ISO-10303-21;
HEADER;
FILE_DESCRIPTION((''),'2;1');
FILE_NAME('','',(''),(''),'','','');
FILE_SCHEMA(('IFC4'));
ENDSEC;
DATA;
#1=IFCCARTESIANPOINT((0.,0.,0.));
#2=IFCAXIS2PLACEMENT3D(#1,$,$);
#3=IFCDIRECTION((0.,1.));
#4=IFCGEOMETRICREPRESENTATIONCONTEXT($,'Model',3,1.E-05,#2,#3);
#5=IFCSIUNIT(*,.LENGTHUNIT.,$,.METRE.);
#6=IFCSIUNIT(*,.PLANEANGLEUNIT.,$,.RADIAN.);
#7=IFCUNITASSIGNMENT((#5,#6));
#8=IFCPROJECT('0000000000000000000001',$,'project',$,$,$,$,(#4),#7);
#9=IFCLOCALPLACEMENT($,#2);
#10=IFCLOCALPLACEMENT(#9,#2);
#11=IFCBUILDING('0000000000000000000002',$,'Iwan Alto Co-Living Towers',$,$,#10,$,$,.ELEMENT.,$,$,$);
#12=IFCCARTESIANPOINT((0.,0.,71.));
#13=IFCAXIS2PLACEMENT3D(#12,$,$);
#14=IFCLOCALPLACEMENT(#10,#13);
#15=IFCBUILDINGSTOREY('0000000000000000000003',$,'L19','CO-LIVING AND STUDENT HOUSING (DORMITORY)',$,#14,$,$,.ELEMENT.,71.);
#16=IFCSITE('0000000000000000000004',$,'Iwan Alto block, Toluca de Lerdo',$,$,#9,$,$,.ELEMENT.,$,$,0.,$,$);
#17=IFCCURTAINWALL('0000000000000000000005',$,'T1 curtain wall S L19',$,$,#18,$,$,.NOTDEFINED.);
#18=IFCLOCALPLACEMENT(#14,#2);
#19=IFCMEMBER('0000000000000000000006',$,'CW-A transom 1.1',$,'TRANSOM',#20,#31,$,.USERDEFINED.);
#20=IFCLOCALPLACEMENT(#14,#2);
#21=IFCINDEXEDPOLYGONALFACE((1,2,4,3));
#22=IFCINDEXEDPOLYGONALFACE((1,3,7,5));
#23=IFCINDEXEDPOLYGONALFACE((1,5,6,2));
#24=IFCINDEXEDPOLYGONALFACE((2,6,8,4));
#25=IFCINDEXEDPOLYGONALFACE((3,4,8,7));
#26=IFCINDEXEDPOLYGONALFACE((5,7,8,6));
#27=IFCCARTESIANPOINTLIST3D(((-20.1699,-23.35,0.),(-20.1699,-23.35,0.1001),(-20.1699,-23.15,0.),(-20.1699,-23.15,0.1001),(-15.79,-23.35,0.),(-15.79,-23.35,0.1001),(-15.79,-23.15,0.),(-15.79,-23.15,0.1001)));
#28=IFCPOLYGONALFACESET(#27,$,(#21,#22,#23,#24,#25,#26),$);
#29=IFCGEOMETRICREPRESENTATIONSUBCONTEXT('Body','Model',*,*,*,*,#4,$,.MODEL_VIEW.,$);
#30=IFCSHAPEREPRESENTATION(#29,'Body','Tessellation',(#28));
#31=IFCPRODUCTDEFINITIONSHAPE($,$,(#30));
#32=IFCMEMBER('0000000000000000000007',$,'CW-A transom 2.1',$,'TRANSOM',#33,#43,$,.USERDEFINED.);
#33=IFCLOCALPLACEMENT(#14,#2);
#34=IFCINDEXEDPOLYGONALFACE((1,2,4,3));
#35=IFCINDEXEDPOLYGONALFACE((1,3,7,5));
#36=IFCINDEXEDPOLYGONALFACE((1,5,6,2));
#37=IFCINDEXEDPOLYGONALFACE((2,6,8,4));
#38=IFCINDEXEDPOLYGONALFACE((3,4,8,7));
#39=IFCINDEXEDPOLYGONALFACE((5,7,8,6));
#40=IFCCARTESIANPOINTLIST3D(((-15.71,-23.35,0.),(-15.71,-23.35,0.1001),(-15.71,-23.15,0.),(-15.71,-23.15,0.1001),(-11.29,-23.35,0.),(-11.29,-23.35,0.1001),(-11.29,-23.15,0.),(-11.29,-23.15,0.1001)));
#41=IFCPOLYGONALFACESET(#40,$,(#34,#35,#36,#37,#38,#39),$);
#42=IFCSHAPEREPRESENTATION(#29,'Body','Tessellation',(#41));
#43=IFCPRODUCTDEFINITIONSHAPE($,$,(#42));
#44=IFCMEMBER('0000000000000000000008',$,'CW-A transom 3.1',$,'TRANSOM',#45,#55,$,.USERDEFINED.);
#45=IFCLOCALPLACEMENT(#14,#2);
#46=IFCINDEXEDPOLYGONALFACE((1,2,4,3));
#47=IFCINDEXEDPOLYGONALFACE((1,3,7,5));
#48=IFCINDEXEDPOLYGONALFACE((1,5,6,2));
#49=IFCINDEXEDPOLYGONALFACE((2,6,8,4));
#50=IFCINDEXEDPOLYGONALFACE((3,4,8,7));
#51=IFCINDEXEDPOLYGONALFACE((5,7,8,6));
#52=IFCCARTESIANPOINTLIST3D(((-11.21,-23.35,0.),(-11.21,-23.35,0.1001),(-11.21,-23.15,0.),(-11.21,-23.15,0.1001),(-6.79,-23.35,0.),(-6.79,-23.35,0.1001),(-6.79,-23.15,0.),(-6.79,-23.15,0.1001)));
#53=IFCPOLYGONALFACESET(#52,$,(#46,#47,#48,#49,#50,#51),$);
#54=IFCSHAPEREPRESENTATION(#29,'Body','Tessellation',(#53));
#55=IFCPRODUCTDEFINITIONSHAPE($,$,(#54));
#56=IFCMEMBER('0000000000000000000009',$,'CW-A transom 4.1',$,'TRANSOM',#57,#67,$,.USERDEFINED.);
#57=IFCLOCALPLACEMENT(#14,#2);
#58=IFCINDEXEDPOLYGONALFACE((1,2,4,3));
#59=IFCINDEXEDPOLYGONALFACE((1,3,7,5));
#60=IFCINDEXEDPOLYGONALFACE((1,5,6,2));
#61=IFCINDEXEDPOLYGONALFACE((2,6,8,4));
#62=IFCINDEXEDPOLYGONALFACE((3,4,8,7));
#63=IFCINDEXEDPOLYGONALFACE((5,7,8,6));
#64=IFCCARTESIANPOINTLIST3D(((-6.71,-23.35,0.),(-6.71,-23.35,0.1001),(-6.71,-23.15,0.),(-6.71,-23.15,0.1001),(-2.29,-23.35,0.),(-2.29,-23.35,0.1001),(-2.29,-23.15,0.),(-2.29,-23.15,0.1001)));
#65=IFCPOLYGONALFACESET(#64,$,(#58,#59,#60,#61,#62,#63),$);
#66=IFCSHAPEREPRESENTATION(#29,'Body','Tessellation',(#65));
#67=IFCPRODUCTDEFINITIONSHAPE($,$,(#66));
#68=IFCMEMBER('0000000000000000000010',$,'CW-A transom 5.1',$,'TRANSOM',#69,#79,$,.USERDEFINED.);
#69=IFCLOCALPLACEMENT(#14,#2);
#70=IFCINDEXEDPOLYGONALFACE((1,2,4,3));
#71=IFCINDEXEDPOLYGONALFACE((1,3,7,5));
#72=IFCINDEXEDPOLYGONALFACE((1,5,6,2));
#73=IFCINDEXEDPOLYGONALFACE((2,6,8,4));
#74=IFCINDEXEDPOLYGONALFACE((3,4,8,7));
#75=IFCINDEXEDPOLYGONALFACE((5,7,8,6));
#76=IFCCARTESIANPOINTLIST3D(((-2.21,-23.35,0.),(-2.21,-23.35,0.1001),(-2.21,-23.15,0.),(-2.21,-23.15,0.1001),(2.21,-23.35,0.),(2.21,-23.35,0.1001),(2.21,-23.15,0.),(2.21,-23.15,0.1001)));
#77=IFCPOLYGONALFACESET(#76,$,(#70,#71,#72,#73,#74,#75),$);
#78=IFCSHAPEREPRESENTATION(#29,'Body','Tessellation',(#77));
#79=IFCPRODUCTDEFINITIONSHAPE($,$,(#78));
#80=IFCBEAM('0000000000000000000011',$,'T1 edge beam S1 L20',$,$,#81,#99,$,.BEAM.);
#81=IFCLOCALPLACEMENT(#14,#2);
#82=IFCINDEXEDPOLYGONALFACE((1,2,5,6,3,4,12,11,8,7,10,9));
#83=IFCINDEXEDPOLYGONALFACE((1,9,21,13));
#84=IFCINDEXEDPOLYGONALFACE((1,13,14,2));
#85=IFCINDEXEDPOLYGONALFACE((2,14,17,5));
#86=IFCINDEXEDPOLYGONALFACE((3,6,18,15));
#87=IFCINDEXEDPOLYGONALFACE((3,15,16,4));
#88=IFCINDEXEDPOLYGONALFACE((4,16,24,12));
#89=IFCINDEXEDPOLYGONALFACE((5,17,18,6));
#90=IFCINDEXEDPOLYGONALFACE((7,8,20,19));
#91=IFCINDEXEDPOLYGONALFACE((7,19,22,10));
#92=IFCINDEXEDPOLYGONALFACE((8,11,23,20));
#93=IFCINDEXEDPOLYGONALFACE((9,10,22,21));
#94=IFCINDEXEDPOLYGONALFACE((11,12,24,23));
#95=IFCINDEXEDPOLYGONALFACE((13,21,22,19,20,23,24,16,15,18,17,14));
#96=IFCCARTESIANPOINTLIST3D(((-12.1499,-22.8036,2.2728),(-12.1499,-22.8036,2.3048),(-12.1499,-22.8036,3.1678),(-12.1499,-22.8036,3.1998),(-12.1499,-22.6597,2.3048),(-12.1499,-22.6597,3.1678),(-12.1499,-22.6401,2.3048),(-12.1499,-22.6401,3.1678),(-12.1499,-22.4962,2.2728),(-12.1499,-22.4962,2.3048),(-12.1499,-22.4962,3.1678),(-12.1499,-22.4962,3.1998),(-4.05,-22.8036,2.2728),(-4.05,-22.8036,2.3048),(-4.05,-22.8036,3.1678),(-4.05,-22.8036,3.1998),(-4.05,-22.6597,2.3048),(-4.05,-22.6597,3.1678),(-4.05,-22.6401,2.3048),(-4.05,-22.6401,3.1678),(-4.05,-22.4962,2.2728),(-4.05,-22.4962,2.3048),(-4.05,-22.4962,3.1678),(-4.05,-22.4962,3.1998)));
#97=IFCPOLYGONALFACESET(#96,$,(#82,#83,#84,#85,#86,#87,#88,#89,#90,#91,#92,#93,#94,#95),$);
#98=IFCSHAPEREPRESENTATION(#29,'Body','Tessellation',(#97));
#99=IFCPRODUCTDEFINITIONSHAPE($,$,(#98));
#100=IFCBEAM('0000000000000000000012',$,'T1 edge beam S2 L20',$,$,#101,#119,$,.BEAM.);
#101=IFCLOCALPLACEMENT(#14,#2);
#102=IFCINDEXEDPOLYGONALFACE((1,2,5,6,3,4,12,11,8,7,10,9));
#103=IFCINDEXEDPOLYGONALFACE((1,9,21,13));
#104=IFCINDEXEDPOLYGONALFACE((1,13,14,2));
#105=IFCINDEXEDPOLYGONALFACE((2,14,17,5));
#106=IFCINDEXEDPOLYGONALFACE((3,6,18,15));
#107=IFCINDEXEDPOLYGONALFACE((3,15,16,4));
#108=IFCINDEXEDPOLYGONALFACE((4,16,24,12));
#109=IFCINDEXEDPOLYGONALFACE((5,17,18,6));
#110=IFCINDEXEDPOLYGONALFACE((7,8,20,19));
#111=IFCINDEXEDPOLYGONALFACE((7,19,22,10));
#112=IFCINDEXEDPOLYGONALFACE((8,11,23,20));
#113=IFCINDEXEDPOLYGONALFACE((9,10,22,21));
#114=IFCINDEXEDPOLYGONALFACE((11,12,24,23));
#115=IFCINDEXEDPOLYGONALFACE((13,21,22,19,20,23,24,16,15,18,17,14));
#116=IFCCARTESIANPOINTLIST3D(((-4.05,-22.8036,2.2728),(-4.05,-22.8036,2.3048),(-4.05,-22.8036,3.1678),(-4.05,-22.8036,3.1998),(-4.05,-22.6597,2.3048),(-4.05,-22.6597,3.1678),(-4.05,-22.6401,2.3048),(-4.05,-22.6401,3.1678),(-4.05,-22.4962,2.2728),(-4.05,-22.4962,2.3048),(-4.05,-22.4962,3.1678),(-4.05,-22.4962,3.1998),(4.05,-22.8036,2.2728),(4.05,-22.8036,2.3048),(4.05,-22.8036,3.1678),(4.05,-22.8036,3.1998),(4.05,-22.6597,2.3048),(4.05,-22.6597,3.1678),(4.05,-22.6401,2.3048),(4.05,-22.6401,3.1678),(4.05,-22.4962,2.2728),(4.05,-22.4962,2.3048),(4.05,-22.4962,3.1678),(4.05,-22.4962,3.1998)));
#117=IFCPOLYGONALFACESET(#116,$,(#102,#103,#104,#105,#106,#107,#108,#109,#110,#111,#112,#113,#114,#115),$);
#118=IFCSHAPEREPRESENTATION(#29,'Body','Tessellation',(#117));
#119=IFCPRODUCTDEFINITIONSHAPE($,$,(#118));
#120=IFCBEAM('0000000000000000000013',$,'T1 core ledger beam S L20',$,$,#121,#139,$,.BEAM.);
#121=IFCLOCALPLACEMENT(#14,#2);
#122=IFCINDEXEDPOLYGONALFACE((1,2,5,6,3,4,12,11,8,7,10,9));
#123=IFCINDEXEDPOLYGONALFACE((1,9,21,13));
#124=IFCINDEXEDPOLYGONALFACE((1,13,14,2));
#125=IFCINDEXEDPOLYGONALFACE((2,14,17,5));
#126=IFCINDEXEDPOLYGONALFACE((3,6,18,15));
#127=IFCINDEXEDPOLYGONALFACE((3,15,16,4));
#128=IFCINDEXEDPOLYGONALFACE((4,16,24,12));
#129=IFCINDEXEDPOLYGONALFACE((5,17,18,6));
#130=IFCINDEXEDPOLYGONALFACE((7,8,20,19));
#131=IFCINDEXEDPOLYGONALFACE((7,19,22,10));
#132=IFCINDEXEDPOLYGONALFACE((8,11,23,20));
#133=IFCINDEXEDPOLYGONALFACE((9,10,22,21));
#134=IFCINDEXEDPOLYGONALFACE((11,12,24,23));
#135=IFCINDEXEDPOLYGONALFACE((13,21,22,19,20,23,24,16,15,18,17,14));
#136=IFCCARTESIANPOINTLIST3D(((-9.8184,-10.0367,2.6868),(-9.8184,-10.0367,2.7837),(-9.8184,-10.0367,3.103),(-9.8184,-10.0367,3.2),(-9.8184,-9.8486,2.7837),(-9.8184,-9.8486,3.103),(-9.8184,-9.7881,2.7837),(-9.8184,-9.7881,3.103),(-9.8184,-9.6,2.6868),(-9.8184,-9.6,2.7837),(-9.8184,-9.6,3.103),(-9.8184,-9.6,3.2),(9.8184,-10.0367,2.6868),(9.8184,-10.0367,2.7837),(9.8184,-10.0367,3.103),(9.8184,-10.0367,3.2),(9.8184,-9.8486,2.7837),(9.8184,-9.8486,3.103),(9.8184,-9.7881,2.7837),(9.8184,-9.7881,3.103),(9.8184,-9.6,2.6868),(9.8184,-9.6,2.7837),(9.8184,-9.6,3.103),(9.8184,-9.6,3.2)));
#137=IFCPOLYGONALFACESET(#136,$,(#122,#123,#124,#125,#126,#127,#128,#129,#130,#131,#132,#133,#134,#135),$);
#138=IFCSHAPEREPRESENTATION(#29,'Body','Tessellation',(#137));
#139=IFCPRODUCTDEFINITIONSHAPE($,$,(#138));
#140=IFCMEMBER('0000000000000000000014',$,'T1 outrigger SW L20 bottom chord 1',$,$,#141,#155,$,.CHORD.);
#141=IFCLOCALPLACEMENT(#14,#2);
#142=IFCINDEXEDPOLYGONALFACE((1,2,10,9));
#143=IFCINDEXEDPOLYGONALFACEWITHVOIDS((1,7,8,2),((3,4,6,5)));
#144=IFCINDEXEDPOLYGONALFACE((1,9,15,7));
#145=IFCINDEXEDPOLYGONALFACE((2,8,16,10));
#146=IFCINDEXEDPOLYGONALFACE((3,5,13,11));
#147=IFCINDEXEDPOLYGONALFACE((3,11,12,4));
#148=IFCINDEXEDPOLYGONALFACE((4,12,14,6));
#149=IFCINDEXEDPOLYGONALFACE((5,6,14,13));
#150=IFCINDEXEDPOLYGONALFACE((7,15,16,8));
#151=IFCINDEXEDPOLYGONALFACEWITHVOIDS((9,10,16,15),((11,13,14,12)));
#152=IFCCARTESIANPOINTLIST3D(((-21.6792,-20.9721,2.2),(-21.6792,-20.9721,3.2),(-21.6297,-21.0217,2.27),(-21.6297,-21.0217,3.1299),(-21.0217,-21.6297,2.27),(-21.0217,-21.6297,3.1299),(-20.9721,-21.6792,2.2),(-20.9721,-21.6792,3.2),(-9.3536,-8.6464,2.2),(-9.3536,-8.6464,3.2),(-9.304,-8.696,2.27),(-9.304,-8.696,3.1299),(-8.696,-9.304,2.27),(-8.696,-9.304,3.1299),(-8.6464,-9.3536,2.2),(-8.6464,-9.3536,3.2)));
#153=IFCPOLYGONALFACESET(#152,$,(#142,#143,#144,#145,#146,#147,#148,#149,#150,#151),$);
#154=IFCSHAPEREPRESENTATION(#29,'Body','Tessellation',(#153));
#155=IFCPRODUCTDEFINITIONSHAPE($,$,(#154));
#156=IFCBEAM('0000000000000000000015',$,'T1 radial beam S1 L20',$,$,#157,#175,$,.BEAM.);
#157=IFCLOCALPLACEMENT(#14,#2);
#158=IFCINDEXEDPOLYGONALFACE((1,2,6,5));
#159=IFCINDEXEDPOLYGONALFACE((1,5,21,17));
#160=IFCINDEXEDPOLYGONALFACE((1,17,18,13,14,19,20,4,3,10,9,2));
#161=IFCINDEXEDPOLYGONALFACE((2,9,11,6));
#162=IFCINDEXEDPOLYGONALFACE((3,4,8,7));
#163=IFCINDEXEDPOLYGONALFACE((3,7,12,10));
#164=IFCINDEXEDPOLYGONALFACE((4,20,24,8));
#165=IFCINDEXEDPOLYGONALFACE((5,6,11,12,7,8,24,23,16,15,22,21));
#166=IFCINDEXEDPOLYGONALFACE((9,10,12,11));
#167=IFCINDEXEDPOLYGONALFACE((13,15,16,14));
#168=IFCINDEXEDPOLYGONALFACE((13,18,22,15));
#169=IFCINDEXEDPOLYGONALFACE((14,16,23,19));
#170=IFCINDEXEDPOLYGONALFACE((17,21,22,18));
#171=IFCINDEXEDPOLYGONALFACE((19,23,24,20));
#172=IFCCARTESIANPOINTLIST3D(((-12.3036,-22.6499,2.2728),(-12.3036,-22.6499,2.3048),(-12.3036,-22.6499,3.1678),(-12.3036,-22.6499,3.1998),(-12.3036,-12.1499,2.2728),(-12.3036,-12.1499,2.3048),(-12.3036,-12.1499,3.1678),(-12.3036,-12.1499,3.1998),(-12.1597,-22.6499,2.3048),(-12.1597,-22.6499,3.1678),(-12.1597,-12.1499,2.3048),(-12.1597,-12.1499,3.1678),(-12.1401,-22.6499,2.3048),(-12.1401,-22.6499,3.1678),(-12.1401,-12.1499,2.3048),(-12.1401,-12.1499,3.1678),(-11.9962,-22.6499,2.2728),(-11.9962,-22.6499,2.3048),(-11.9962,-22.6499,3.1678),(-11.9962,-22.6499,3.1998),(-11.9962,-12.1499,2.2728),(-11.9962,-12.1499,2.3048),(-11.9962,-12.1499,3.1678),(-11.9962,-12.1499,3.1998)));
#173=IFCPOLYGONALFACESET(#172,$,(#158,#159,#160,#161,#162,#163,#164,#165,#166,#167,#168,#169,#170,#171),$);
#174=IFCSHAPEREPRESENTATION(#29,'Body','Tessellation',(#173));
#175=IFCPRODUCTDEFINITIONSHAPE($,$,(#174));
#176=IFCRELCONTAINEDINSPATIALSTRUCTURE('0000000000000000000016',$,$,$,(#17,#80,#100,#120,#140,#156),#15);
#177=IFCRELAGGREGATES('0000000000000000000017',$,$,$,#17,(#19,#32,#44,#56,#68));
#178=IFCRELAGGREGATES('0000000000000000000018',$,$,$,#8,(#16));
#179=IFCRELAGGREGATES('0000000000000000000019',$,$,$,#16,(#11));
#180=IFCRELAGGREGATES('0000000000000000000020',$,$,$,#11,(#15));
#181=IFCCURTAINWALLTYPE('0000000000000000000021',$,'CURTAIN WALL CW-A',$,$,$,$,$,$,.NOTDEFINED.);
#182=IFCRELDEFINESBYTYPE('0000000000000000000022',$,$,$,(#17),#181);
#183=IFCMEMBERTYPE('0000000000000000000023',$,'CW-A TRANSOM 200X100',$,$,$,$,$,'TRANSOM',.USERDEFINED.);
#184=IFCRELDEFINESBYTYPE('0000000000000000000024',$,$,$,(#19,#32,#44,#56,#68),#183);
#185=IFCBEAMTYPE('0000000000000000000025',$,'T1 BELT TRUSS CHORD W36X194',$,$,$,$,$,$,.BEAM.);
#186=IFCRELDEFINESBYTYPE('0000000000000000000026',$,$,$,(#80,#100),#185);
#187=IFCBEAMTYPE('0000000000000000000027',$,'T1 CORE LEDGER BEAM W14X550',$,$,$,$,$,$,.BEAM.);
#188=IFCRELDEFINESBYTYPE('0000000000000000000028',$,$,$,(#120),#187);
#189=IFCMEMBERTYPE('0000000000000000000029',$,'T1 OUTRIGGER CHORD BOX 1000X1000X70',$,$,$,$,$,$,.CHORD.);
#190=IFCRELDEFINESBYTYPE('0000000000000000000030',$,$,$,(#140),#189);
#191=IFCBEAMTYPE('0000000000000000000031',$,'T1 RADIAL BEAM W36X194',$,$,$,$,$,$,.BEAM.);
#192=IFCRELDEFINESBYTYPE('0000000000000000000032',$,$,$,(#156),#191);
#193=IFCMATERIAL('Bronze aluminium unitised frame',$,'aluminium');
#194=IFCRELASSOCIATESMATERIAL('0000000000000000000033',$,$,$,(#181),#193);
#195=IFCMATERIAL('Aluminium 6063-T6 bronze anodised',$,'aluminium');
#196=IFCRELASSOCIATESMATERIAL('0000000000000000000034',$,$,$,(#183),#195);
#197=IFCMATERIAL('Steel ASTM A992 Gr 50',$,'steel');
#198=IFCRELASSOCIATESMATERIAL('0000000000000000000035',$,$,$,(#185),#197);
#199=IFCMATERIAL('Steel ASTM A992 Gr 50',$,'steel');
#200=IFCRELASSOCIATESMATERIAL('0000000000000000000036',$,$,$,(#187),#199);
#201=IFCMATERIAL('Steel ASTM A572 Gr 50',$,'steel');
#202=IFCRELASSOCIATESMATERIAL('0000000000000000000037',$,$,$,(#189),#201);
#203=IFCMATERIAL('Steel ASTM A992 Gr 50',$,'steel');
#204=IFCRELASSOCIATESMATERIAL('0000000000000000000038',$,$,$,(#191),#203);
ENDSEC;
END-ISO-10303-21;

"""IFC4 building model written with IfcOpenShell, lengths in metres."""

from ifc_helpers import new_model, si_unit, direction, frame, origin, origin_2d, place, context, subcontext, project, spatial, rectangle, hollow_rectangle, i_section, extrude, material, material_profile, profile_set, type_object, element, aggregate, save


model = new_model("IFC4")

# Units and contexts
model_context = context("Model", 3, precision=1e-05, world=origin(), true_north=direction((0.0, 1.0)))
body_context = subcontext(model_context, "Body", "Model", "MODEL_VIEW")
ifc_project = project(units=[si_unit("LENGTHUNIT", "METRE"), si_unit("PLANEANGLEUNIT", "RADIAN")], contexts=[model_context])

# Site, building, storey
site_placement = place(None, origin())
site = spatial("IfcSite", under=ifc_project, at=site_placement, Name="Iwan Alto block, Toluca de Lerdo", CompositionType="ELEMENT", RefElevation=0.0)
building_placement = place(site_placement, origin())
building = spatial("IfcBuilding", under=site, at=building_placement, Name="Iwan Alto Co-Living Towers", CompositionType="ELEMENT")
storey_placement = place(building_placement, frame((0.0, 0.0, 71.0)))
storey = spatial("IfcBuildingStorey", under=building, at=storey_placement, Name="L19", Description="CO-LIVING AND STUDENT HOUSING (DORMITORY)", CompositionType="ELEMENT", Elevation=71.0)

# Curtain wall, members
ifc_material_1 = material(Name="Bronze aluminium unitised frame", Category="aluminium")
curtain_wall_type_1 = type_object("IfcCurtainWallType", Name="CURTAIN WALL CW-A", PredefinedType="NOTDEFINED", material=ifc_material_1)
curtain_wall_1_placement = place(storey_placement, origin())
curtain_wall_1 = element("IfcCurtainWall", 1, at=curtain_wall_1_placement, inside=storey, type_object=curtain_wall_type_1, Name="T1 curtain wall S L19", PredefinedType="NOTDEFINED")
ifc_material_2 = material(Name="Aluminium 6063-T6 bronze anodised", Category="aluminium")
ifc_material_profile_1 = material_profile(ifc_material_2, rectangle(XDim=0.2, YDim=0.1001, at=origin_2d()), Name="AL 200X100")
ifc_profile_set_1 = profile_set([ifc_material_profile_1], Name="Aluminium 6063-T6 bronze anodised")
member_type_1 = type_object("IfcMemberType", Name="CW-A TRANSOM 200X100", ElementType="TRANSOM", PredefinedType="USERDEFINED", material=ifc_profile_set_1)
member_1_placement = place(storey_placement, frame((-20.1699, -23.25, 0.05), z_axis=(1.0, 0.0, 0.0), x_axis=(0.0, 1.0, 0.0)))
member_1 = element("IfcMember", 2, at=member_1_placement, type_object=member_type_1, Name="CW-A transom 1.1", ObjectType="TRANSOM", PredefinedType="USERDEFINED", context=body_context, shape_type="SweptSolid", body=[
    extrude(rectangle(XDim=0.2, YDim=0.1001, at=origin_2d()), origin(), (0.0, 0.0, 1.0), 4.3799),
])
member_2_placement = place(storey_placement, frame((-15.71, -23.25, 0.05), z_axis=(1.0, 0.0, 0.0), x_axis=(0.0, 1.0, 0.0)))
member_2 = element("IfcMember", 3, at=member_2_placement, type_object=member_type_1, Name="CW-A transom 2.1", ObjectType="TRANSOM", PredefinedType="USERDEFINED", context=body_context, shape_type="SweptSolid", body=[
    extrude(rectangle(XDim=0.2, YDim=0.1001, at=origin_2d()), origin(), (0.0, 0.0, 1.0), 4.4199),
])
member_3_placement = place(storey_placement, frame((-11.21, -23.25, 0.05), z_axis=(1.0, 0.0, 0.0), x_axis=(0.0, 1.0, 0.0)))
member_3 = element("IfcMember", 4, at=member_3_placement, type_object=member_type_1, Name="CW-A transom 3.1", ObjectType="TRANSOM", PredefinedType="USERDEFINED", context=body_context, shape_type="SweptSolid", body=[
    extrude(rectangle(XDim=0.2, YDim=0.1001, at=origin_2d()), origin(), (0.0, 0.0, 1.0), 4.4199),
])
member_4_placement = place(storey_placement, frame((-6.71, -23.25, 0.05), z_axis=(1.0, 0.0, 0.0), x_axis=(0.0, 1.0, 0.0)))
member_4 = element("IfcMember", 5, at=member_4_placement, type_object=member_type_1, Name="CW-A transom 4.1", ObjectType="TRANSOM", PredefinedType="USERDEFINED", context=body_context, shape_type="SweptSolid", body=[
    extrude(rectangle(XDim=0.2, YDim=0.1001, at=origin_2d()), origin(), (0.0, 0.0, 1.0), 4.4199),
])
member_5_placement = place(storey_placement, frame((-2.21, -23.25, 0.05), z_axis=(1.0, 0.0, 0.0), x_axis=(0.0, 1.0, 0.0)))
member_5 = element("IfcMember", 6, at=member_5_placement, type_object=member_type_1, Name="CW-A transom 5.1", ObjectType="TRANSOM", PredefinedType="USERDEFINED", context=body_context, shape_type="SweptSolid", body=[
    extrude(rectangle(XDim=0.2, YDim=0.1001, at=origin_2d()), origin(), (0.0, 0.0, 1.0), 4.4199),
])

# Beams
ifc_material_3 = material(Name="Steel ASTM A992 Gr 50", Category="steel")
ifc_material_profile_2 = material_profile(ifc_material_3, i_section(OverallWidth=0.3074, OverallDepth=0.927, WebThickness=0.0195, FlangeThickness=0.032, at=origin_2d()), Name="W36X194")
ifc_profile_set_2 = profile_set([ifc_material_profile_2], Name="Steel ASTM A992 Gr 50")
beam_type_1 = type_object("IfcBeamType", Name="T1 BELT TRUSS CHORD W36X194", PredefinedType="BEAM", material=ifc_profile_set_2)
beam_1_placement = place(storey_placement, frame((-12.1499, -22.6499, 2.7363), z_axis=(1.0, 0.0, 0.0), x_axis=(0.0, 1.0, 0.0)))
element("IfcBeam", 7, at=beam_1_placement, inside=storey, type_object=beam_type_1, Name="T1 edge beam S1 L20", PredefinedType="BEAM", context=body_context, shape_type="SweptSolid", body=[
    extrude(i_section(OverallWidth=0.3074, OverallDepth=0.927, WebThickness=0.0195, FlangeThickness=0.032, at=origin_2d()), origin(), (0.0, 0.0, 1.0), 8.0999),
])
beam_2_placement = place(storey_placement, frame((-4.05, -22.6499, 2.7363), z_axis=(1.0, 0.0, 0.0), x_axis=(0.0, 1.0, 0.0)))
element("IfcBeam", 8, at=beam_2_placement, inside=storey, type_object=beam_type_1, Name="T1 edge beam S2 L20", PredefinedType="BEAM", context=body_context, shape_type="SweptSolid", body=[
    extrude(i_section(OverallWidth=0.3074, OverallDepth=0.927, WebThickness=0.0195, FlangeThickness=0.032, at=origin_2d()), origin(), (0.0, 0.0, 1.0), 8.1001),
])
ifc_material_4 = material(Name="Steel ASTM A992 Gr 50", Category="steel")
ifc_material_profile_3 = material_profile(ifc_material_4, i_section(OverallWidth=0.4368, OverallDepth=0.5132, WebThickness=0.0605, FlangeThickness=0.0969, at=origin_2d()), Name="W14X550")
ifc_profile_set_3 = profile_set([ifc_material_profile_3], Name="Steel ASTM A992 Gr 50")
beam_type_2 = type_object("IfcBeamType", Name="T1 CORE LEDGER BEAM W14X550", PredefinedType="BEAM", material=ifc_profile_set_3)
beam_3_placement = place(storey_placement, frame((-9.8184, -9.8184, 2.9434), z_axis=(1.0, 0.0, 0.0), x_axis=(0.0, 1.0, 0.0)))
element("IfcBeam", 9, at=beam_3_placement, inside=storey, type_object=beam_type_2, Name="T1 core ledger beam S L20", PredefinedType="BEAM", context=body_context, shape_type="SweptSolid", body=[
    extrude(i_section(OverallWidth=0.4368, OverallDepth=0.5132, WebThickness=0.0605, FlangeThickness=0.0969, at=origin_2d()), origin(), (0.0, 0.0, 1.0), 19.6367),
])

# Member
ifc_material_5 = material(Name="Steel ASTM A572 Gr 50", Category="steel")
ifc_material_profile_4 = material_profile(ifc_material_5, hollow_rectangle(XDim=1.0, YDim=1.0, WallThickness=0.0701, at=origin_2d()), Name="BOX 1000X1000X70")
ifc_profile_set_4 = profile_set([ifc_material_profile_4], Name="Steel ASTM A572 Gr 50")
member_type_2 = type_object("IfcMemberType", Name="T1 OUTRIGGER CHORD BOX 1000X1000X70", PredefinedType="CHORD", material=ifc_profile_set_4)
member_6_placement = place(storey_placement, frame((-9.0, -9.0, 2.7), z_axis=(-0.707107, -0.707107, 0.0), x_axis=(0.707107, -0.707107, 0.0)))
element("IfcMember", 10, at=member_6_placement, inside=storey, type_object=member_type_2, Name="T1 outrigger SW L20 bottom chord 1", PredefinedType="CHORD", context=body_context, shape_type="SweptSolid", body=[
    extrude(hollow_rectangle(XDim=1.0, YDim=1.0, WallThickness=0.0701, at=origin_2d()), origin(), (0.0, 0.0, 1.0), 17.4312),
])

# Beam
ifc_material_6 = material(Name="Steel ASTM A992 Gr 50", Category="steel")
ifc_material_profile_5 = material_profile(ifc_material_6, i_section(OverallWidth=0.3074, OverallDepth=0.927, WebThickness=0.0195, FlangeThickness=0.032, at=origin_2d()), Name="W36X194")
ifc_profile_set_5 = profile_set([ifc_material_profile_5], Name="Steel ASTM A992 Gr 50")
beam_type_3 = type_object("IfcBeamType", Name="T1 RADIAL BEAM W36X194", PredefinedType="BEAM", material=ifc_profile_set_5)
beam_4_placement = place(storey_placement, frame((-12.1499, -22.6499, 2.7363), z_axis=(0.0, 1.0, 0.0), x_axis=(-1.0, 0.0, 0.0)))
element("IfcBeam", 11, at=beam_4_placement, inside=storey, type_object=beam_type_3, Name="T1 radial beam S1 L20", PredefinedType="BEAM", context=body_context, shape_type="SweptSolid", body=[
    extrude(i_section(OverallWidth=0.3074, OverallDepth=0.927, WebThickness=0.0195, FlangeThickness=0.032, at=origin_2d()), origin(), (0.0, 0.0, 1.0), 10.5),
])

aggregate(curtain_wall_1, [member_1, member_2, member_3, member_4, member_5])

save(model, "model.ifc")
